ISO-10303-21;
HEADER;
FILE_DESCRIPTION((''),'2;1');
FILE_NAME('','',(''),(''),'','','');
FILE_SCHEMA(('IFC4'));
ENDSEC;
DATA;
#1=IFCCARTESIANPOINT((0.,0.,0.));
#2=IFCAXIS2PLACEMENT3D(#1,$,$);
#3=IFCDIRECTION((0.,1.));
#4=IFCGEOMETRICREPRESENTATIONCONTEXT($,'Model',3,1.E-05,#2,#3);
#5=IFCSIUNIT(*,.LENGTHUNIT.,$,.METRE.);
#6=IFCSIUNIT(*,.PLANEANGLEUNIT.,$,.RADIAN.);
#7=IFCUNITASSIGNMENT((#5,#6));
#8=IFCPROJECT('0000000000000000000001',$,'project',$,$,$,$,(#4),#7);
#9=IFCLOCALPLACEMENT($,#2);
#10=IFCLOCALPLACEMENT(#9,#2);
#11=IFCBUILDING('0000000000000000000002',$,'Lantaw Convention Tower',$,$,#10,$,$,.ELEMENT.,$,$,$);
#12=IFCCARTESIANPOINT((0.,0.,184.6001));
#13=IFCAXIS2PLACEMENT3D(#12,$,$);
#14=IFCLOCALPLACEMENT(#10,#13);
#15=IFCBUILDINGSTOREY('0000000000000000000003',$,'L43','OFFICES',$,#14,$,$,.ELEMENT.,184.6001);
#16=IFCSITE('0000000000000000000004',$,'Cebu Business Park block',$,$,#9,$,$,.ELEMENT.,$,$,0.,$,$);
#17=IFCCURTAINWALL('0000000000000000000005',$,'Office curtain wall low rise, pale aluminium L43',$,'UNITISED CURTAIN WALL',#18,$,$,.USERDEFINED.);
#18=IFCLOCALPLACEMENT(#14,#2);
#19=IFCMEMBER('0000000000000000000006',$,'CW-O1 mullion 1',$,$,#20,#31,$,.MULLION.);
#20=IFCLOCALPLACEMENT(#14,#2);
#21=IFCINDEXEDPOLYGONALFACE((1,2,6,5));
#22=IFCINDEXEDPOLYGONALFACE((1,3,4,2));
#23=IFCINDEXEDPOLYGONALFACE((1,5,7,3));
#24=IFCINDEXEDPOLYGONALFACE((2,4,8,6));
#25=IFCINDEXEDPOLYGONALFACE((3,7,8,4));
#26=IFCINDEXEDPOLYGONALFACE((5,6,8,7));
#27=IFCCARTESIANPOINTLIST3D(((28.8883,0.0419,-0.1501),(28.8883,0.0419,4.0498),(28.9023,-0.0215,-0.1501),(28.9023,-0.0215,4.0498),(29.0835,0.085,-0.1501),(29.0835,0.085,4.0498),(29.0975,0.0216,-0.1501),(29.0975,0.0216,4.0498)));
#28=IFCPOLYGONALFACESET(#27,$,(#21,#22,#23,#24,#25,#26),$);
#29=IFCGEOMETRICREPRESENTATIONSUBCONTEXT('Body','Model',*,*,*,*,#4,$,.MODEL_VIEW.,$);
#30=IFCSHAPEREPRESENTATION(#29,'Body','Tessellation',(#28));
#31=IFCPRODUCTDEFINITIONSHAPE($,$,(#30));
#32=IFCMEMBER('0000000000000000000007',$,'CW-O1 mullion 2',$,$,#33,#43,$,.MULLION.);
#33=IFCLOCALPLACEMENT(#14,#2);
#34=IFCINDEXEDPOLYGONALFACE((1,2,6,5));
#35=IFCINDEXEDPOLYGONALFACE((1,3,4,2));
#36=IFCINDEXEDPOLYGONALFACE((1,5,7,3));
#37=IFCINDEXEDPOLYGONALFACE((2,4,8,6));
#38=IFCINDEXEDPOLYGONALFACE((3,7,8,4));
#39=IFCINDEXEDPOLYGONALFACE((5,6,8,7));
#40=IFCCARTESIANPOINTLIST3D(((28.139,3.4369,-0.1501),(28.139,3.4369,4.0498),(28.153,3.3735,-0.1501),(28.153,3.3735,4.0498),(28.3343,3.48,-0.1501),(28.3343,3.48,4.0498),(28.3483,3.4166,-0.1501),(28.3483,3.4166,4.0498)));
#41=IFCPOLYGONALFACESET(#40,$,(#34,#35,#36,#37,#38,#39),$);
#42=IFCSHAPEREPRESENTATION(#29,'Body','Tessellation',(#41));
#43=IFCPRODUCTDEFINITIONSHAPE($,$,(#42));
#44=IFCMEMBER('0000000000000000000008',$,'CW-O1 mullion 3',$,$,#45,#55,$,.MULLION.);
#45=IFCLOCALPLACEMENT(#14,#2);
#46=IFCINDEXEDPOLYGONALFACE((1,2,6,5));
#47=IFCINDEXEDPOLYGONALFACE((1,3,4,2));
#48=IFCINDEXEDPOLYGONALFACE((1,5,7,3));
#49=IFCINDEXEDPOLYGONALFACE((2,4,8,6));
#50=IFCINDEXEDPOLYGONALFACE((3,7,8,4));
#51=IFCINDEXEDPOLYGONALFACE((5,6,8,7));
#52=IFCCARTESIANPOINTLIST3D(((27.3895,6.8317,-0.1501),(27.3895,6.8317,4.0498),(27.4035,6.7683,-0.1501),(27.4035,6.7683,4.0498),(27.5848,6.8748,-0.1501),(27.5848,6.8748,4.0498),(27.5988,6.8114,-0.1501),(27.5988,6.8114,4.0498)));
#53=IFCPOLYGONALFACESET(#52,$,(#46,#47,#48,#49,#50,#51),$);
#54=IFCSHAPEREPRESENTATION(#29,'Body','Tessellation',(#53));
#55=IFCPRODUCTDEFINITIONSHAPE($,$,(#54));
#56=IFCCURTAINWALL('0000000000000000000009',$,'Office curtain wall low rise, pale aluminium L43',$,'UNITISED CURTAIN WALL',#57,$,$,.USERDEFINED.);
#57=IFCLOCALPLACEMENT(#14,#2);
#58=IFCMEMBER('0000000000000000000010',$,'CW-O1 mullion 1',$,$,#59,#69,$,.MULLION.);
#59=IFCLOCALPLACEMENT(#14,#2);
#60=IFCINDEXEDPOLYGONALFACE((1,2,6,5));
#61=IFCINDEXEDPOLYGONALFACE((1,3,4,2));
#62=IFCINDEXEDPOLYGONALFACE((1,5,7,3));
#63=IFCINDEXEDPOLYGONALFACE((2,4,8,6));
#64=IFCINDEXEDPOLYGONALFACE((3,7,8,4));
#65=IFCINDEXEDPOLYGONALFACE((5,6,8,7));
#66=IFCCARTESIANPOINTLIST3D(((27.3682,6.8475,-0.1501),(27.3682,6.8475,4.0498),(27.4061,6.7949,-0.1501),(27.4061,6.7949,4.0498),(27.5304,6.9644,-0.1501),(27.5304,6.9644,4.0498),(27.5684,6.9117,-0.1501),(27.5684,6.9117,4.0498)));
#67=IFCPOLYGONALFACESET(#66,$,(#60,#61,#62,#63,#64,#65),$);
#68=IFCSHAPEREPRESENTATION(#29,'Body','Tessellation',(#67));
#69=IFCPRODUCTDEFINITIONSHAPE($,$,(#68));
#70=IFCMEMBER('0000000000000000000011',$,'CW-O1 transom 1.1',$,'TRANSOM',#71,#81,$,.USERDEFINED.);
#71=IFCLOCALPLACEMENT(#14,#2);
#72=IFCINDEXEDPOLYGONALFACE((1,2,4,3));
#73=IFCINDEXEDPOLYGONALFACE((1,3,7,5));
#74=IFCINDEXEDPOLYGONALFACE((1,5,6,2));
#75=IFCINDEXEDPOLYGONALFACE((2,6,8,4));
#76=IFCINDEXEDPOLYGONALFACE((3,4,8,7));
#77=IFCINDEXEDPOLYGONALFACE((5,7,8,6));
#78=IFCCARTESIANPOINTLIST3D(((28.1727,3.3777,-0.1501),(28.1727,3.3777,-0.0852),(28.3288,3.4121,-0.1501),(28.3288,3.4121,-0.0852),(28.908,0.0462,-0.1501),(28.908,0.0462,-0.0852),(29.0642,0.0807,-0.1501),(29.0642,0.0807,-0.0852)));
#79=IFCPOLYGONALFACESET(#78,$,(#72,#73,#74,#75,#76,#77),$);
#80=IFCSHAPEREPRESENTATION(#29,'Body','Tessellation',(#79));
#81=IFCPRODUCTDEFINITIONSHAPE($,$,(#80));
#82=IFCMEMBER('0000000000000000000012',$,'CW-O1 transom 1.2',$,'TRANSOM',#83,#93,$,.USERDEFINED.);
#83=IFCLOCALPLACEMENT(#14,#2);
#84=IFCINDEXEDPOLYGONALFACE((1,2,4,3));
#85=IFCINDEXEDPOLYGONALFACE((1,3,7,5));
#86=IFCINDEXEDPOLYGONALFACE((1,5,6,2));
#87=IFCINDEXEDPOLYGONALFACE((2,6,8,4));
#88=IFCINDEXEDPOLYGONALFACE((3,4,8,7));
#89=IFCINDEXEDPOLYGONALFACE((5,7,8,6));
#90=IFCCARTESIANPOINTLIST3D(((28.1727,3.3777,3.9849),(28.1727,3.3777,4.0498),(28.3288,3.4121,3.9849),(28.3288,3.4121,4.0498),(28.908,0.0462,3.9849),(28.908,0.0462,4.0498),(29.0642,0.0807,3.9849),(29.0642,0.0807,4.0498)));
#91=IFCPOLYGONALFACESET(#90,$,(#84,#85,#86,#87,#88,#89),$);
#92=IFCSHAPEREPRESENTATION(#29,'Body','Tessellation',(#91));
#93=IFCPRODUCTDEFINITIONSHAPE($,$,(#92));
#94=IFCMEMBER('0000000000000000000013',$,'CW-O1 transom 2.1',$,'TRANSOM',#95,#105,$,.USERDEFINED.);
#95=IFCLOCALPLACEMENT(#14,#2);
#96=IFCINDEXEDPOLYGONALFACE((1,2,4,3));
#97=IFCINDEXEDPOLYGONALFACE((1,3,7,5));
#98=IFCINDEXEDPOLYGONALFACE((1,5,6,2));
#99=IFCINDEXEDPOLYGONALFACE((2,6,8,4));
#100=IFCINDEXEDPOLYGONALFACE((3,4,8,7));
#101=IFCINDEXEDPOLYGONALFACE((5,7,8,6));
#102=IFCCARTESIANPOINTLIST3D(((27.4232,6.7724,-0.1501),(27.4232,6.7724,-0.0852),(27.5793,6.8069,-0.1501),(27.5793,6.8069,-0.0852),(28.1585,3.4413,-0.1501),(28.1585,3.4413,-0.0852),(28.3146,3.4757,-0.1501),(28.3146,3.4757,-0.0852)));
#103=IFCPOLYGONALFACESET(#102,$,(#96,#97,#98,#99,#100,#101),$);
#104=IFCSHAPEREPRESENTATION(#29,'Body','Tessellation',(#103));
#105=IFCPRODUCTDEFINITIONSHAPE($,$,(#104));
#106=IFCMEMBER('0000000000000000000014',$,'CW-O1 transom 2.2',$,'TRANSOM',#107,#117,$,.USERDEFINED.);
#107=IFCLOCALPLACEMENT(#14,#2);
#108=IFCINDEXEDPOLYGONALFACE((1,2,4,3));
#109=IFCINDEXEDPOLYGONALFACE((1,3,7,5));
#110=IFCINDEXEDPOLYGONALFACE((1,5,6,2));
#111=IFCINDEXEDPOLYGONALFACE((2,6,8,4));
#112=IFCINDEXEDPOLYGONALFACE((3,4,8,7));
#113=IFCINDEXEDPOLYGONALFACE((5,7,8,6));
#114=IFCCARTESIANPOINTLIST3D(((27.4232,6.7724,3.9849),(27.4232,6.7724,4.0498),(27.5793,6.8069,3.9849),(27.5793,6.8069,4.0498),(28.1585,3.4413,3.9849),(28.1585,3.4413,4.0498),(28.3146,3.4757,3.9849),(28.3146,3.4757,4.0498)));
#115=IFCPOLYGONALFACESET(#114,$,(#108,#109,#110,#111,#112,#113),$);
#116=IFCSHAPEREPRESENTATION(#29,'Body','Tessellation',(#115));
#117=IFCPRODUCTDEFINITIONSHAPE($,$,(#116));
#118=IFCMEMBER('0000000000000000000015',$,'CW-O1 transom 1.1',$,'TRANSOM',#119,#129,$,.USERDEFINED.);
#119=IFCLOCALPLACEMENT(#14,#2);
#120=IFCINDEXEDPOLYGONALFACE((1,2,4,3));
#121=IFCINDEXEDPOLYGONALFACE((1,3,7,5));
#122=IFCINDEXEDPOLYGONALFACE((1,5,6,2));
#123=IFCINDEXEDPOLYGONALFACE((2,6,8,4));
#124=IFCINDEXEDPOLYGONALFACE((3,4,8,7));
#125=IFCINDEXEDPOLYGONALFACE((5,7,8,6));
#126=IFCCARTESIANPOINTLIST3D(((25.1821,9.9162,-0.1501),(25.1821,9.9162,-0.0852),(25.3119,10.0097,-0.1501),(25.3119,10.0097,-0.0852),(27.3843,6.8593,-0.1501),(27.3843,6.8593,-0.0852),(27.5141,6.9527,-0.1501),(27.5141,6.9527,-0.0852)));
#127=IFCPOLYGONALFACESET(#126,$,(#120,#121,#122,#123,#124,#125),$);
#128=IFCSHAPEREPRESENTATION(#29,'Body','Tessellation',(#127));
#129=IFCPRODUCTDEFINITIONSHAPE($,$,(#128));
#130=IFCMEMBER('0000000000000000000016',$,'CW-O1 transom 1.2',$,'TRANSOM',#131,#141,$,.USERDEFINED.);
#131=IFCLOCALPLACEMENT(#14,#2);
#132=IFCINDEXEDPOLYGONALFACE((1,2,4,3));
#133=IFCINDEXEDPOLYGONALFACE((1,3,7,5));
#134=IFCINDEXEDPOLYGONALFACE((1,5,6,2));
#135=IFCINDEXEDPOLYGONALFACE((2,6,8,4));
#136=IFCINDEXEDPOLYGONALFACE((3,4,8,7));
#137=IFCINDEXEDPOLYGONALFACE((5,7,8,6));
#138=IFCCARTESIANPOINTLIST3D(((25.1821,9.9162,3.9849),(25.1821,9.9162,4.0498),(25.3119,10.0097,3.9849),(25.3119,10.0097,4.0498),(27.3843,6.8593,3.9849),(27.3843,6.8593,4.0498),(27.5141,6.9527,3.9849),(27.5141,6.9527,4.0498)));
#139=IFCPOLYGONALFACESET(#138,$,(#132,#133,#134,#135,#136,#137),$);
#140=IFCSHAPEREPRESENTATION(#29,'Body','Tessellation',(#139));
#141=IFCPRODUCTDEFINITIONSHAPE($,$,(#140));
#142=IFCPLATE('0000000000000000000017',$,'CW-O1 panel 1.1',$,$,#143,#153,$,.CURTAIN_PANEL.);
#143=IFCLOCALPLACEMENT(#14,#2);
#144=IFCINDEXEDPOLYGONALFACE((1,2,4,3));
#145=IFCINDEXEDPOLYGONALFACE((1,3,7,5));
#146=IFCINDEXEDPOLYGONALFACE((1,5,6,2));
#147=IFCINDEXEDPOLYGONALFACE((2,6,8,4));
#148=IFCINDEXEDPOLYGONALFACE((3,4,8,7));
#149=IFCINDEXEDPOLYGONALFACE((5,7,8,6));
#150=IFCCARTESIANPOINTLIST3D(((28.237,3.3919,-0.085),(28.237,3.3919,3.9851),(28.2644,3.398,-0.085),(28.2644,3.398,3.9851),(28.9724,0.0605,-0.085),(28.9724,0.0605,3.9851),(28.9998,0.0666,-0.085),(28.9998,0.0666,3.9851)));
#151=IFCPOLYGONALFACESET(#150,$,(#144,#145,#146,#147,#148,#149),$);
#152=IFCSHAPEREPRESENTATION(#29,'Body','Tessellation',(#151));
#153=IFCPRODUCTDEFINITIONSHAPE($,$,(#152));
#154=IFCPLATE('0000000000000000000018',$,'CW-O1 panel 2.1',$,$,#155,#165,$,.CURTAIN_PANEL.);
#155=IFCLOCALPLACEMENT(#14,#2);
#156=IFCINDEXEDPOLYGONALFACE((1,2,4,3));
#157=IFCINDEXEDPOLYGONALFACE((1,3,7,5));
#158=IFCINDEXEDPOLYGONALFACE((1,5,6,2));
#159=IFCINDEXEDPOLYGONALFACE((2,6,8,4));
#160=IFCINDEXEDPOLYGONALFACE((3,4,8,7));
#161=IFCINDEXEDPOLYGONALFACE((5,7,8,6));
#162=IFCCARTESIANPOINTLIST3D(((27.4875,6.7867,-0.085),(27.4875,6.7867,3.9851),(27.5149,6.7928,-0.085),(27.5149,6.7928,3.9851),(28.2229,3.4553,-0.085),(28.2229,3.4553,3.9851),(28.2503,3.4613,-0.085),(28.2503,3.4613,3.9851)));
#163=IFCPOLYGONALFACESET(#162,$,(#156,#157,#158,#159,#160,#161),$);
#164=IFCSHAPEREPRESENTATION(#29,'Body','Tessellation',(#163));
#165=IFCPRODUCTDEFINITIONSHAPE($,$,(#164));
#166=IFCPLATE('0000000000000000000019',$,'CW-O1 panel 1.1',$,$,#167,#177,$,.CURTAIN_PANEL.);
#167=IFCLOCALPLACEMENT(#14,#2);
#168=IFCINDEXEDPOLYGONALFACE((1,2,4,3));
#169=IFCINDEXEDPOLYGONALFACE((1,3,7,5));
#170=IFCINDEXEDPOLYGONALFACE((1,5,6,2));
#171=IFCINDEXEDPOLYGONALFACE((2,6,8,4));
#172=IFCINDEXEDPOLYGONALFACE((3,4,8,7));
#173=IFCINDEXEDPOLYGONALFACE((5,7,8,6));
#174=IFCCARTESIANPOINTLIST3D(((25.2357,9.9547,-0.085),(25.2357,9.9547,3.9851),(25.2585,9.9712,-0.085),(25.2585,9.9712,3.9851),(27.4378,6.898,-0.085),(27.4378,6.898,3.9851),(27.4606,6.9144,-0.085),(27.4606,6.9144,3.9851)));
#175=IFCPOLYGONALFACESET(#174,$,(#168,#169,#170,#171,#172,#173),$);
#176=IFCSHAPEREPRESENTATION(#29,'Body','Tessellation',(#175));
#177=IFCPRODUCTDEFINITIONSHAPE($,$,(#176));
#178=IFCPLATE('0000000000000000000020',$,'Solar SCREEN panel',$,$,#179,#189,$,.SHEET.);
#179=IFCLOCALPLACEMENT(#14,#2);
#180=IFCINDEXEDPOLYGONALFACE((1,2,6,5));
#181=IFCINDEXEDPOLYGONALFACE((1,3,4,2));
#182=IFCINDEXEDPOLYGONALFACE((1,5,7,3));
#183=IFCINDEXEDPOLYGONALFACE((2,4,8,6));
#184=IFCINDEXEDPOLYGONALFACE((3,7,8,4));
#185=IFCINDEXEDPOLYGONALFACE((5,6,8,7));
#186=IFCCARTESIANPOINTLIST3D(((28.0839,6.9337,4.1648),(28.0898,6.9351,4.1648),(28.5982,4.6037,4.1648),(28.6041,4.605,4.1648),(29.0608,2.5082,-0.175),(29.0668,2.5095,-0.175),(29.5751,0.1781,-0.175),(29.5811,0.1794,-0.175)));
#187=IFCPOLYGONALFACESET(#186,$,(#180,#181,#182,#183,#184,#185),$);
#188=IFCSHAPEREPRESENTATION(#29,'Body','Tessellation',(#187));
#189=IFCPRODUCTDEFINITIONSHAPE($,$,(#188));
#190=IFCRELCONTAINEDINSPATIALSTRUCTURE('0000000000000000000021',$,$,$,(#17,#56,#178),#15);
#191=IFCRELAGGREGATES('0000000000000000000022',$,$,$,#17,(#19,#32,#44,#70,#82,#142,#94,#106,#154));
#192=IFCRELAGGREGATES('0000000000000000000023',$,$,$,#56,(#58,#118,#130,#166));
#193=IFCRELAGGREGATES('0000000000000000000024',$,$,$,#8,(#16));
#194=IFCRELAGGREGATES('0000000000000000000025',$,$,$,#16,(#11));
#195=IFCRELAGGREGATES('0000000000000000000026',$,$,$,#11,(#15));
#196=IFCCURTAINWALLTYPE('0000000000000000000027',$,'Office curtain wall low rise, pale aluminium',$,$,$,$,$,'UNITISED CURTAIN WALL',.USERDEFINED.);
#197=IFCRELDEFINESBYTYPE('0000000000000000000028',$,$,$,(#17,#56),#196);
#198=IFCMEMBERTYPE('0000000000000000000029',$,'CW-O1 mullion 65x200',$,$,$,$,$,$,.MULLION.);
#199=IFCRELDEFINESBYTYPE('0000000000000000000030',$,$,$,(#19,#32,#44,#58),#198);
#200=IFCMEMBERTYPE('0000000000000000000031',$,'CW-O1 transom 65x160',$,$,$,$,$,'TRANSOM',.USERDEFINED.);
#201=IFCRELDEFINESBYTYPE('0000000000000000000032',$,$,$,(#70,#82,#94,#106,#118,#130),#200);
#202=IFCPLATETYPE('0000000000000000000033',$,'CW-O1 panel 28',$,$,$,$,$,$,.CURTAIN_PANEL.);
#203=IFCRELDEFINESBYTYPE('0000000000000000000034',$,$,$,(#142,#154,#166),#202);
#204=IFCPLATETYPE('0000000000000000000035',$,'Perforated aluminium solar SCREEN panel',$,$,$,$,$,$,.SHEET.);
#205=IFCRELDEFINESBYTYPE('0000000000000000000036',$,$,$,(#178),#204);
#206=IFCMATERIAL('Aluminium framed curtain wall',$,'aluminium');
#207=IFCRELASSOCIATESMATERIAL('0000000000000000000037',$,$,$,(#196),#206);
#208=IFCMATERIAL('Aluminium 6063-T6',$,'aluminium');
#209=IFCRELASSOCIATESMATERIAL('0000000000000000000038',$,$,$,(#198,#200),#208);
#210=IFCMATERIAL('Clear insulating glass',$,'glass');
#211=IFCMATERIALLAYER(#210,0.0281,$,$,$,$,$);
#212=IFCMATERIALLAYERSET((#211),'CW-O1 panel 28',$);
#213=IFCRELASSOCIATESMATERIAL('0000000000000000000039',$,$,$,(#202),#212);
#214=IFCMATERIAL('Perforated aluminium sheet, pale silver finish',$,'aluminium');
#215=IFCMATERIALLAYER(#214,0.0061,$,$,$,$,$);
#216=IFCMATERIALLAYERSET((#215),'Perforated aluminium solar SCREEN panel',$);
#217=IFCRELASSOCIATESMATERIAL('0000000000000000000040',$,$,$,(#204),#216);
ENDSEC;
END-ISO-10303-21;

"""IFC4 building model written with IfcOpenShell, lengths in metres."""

from ifc_helpers import new_model, si_unit, direction, frame, origin, origin_2d, place, context, subcontext, project, spatial, polyline, rectangle, outline, extrude, material, layer, layer_set, material_profile, profile_set, type_object, element, aggregate, save


model = new_model("IFC4")

# Units and contexts
model_context = context("Model", 3, precision=1e-05, world=origin(), true_north=direction((0.0, 1.0)))
body_context = subcontext(model_context, "Body", "Model", "MODEL_VIEW")
ifc_project = project(units=[si_unit("LENGTHUNIT", "METRE"), si_unit("PLANEANGLEUNIT", "RADIAN")], contexts=[model_context])

# Site, building, storey
site_placement = place(None, origin())
site = spatial("IfcSite", under=ifc_project, at=site_placement, Name="Cebu Business Park block", CompositionType="ELEMENT", RefElevation=0.0)
building_placement = place(site_placement, origin())
building = spatial("IfcBuilding", under=site, at=building_placement, Name="Lantaw Convention Tower", CompositionType="ELEMENT")
storey_placement = place(building_placement, frame((0.0, 0.0, 184.6001)))
storey = spatial("IfcBuildingStorey", under=building, at=storey_placement, Name="L43", Description="OFFICES", CompositionType="ELEMENT", Elevation=184.6001)

# Curtain wall, members
ifc_material_1 = material(Name="Aluminium framed curtain wall", Category="aluminium")
curtain_wall_type = type_object("IfcCurtainWallType", Name="Office curtain wall low rise, pale aluminium", ElementType="UNITISED CURTAIN WALL", PredefinedType="USERDEFINED", material=ifc_material_1)
curtain_wall_1_placement = place(storey_placement, origin())
curtain_wall_1 = element("IfcCurtainWall", 1, at=curtain_wall_1_placement, inside=storey, type_object=curtain_wall_type, Name="Office curtain wall low rise, pale aluminium L43", ObjectType="UNITISED CURTAIN WALL", PredefinedType="USERDEFINED")
ifc_material_2 = material(Name="Aluminium 6063-T6", Category="aluminium")
ifc_material_profile_1 = material_profile(ifc_material_2, rectangle(XDim=0.2, YDim=0.0649, at=origin_2d()), Name="CW-O1 mullion 65x200")
ifc_profile_set_1 = profile_set([ifc_material_profile_1], Name="Aluminium 6063-T6")
member_type_1 = type_object("IfcMemberType", Name="CW-O1 mullion 65x200", PredefinedType="MULLION", material=ifc_profile_set_1)
member_1_placement = place(storey_placement, frame((28.9929, 0.0317, -0.1501), z_axis=(0.0, 0.0, 1.0), x_axis=(-0.976494, -0.215546, 0.0)))
member_1 = element("IfcMember", 2, at=member_1_placement, type_object=member_type_1, Name="CW-O1 mullion 1", PredefinedType="MULLION", context=body_context, shape_type="SweptSolid", body=[
    extrude(rectangle(XDim=0.2, YDim=0.0649, at=origin_2d()), origin(), (0.0, 0.0, 1.0), 4.2),
])
member_2_placement = place(storey_placement, frame((28.2437, 3.4268, -0.1501), z_axis=(0.0, 0.0, 1.0), x_axis=(-0.976494, -0.215546, 0.0)))
member_2 = element("IfcMember", 3, at=member_2_placement, type_object=member_type_1, Name="CW-O1 mullion 2", PredefinedType="MULLION", context=body_context, shape_type="SweptSolid", body=[
    extrude(rectangle(XDim=0.2, YDim=0.0649, at=origin_2d()), origin(), (0.0, 0.0, 1.0), 4.2),
])
member_3_placement = place(storey_placement, frame((27.4941, 6.8215, -0.1501), z_axis=(0.0, 0.0, 1.0), x_axis=(-0.976494, -0.215546, 0.0)))
member_3 = element("IfcMember", 4, at=member_3_placement, type_object=member_type_1, Name="CW-O1 mullion 3", PredefinedType="MULLION", context=body_context, shape_type="SweptSolid", body=[
    extrude(rectangle(XDim=0.2, YDim=0.0649, at=origin_2d()), origin(), (0.0, 0.0, 1.0), 4.2),
])

# Curtain wall, member
curtain_wall_2_placement = place(storey_placement, origin())
curtain_wall_2 = element("IfcCurtainWall", 5, at=curtain_wall_2_placement, inside=storey, type_object=curtain_wall_type, Name="Office curtain wall low rise, pale aluminium L43", ObjectType="UNITISED CURTAIN WALL", PredefinedType="USERDEFINED")
member_4_placement = place(storey_placement, frame((27.4683, 6.8796, -0.1501), z_axis=(0.0, 0.0, 1.0), x_axis=(-0.811385, -0.584513, 0.0)))
member_4 = element("IfcMember", 6, at=member_4_placement, type_object=member_type_1, Name="CW-O1 mullion 1", PredefinedType="MULLION", context=body_context, shape_type="SweptSolid", body=[
    extrude(rectangle(XDim=0.2, YDim=0.0649, at=origin_2d()), origin(), (0.0, 0.0, 1.0), 4.2),
])

# Members
ifc_material_profile_2 = material_profile(ifc_material_2, rectangle(XDim=0.1599, YDim=0.0649, at=origin_2d()), Name="CW-O1 transom 65x160")
ifc_profile_set_2 = profile_set([ifc_material_profile_2], Name="Aluminium 6063-T6")
member_type_2 = type_object("IfcMemberType", Name="CW-O1 transom 65x160", ElementType="TRANSOM", PredefinedType="USERDEFINED", material=ifc_profile_set_2)
member_5_placement = place(storey_placement, frame((28.9861, 0.0635, -0.1177), z_axis=(-0.215536, 0.976496, 0.0), x_axis=(-0.976496, -0.215536, 0.0)))
member_5 = element("IfcMember", 7, at=member_5_placement, type_object=member_type_2, Name="CW-O1 transom 1.1", ObjectType="TRANSOM", PredefinedType="USERDEFINED", context=body_context, shape_type="SweptSolid", body=[
    extrude(rectangle(XDim=0.1599, YDim=0.0649, at=origin_2d()), origin(), (0.0, 0.0, 1.0), 3.4116),
])
member_6_placement = place(storey_placement, frame((28.9861, 0.0635, 4.0173), z_axis=(-0.215536, 0.976496, 0.0), x_axis=(-0.976496, -0.215536, 0.0)))
member_6 = element("IfcMember", 8, at=member_6_placement, type_object=member_type_2, Name="CW-O1 transom 1.2", ObjectType="TRANSOM", PredefinedType="USERDEFINED", context=body_context, shape_type="SweptSolid", body=[
    extrude(rectangle(XDim=0.1599, YDim=0.0649, at=origin_2d()), origin(), (0.0, 0.0, 1.0), 3.4116),
])
member_7_placement = place(storey_placement, frame((28.2366, 3.4585, -0.1177), z_axis=(-0.215551, 0.976493, 0.0), x_axis=(-0.976493, -0.215551, 0.0)))
member_7 = element("IfcMember", 9, at=member_7_placement, type_object=member_type_2, Name="CW-O1 transom 2.1", ObjectType="TRANSOM", PredefinedType="USERDEFINED", context=body_context, shape_type="SweptSolid", body=[
    extrude(rectangle(XDim=0.1599, YDim=0.0649, at=origin_2d()), origin(), (0.0, 0.0, 1.0), 3.4114),
])
member_8_placement = place(storey_placement, frame((28.2366, 3.4585, 4.0173), z_axis=(-0.215551, 0.976493, 0.0), x_axis=(-0.976493, -0.215551, 0.0)))
member_8 = element("IfcMember", 10, at=member_8_placement, type_object=member_type_2, Name="CW-O1 transom 2.2", ObjectType="TRANSOM", PredefinedType="USERDEFINED", context=body_context, shape_type="SweptSolid", body=[
    extrude(rectangle(XDim=0.1599, YDim=0.0649, at=origin_2d()), origin(), (0.0, 0.0, 1.0), 3.4114),
])
member_9_placement = place(storey_placement, frame((27.4492, 6.906, -0.1177), z_axis=(-0.584513, 0.811384, 0.0), x_axis=(-0.811384, -0.584513, 0.0)))
member_9 = element("IfcMember", 11, at=member_9_placement, type_object=member_type_2, Name="CW-O1 transom 1.1", ObjectType="TRANSOM", PredefinedType="USERDEFINED", context=body_context, shape_type="SweptSolid", body=[
    extrude(rectangle(XDim=0.1599, YDim=0.0649, at=origin_2d()), origin(), (0.0, 0.0, 1.0), 3.7676),
])
member_10_placement = place(storey_placement, frame((27.4492, 6.906, 4.0173), z_axis=(-0.584513, 0.811384, 0.0), x_axis=(-0.811384, -0.584513, 0.0)))
member_10 = element("IfcMember", 12, at=member_10_placement, type_object=member_type_2, Name="CW-O1 transom 1.2", ObjectType="TRANSOM", PredefinedType="USERDEFINED", context=body_context, shape_type="SweptSolid", body=[
    extrude(rectangle(XDim=0.1599, YDim=0.0649, at=origin_2d()), origin(), (0.0, 0.0, 1.0), 3.7676),
])

# Plates
ifc_material_3 = material(Name="Clear insulating glass", Category="glass")
ifc_layer_1 = layer(ifc_material_3, 0.0281)
ifc_layer_set_1 = layer_set([ifc_layer_1], Name="CW-O1 panel 28")
plate_type_1 = type_object("IfcPlateType", Name="CW-O1 panel 28", PredefinedType="CURTAIN_PANEL", material=ifc_layer_set_1)
plate_1_placement = place(storey_placement, frame((28.6184, 1.7292, -0.085), z_axis=(0.0, 0.0, 1.0), x_axis=(-0.215546, 0.976494, 0.0)))
plate_1 = element("IfcPlate", 13, at=plate_1_placement, type_object=plate_type_1, Name="CW-O1 panel 1.1", PredefinedType="CURTAIN_PANEL", context=body_context, shape_type="SweptSolid", body=[
    extrude(rectangle(XDim=3.4116, YDim=0.0281, at=origin_2d()), origin(), (0.0, 0.0, 1.0), 4.0701),
])
plate_2_placement = place(storey_placement, frame((27.8689, 5.124, -0.085), z_axis=(0.0, 0.0, 1.0), x_axis=(-0.215546, 0.976494, 0.0)))
plate_2 = element("IfcPlate", 14, at=plate_2_placement, type_object=plate_type_1, Name="CW-O1 panel 2.1", PredefinedType="CURTAIN_PANEL", context=body_context, shape_type="SweptSolid", body=[
    extrude(rectangle(XDim=3.4116, YDim=0.0281, at=origin_2d()), origin(), (0.0, 0.0, 1.0), 4.0701),
])
aggregate(curtain_wall_1, [member_1, member_2, member_3, member_5, member_6, plate_1, member_7, member_8, plate_2])
plate_3_placement = place(storey_placement, frame((26.3481, 8.4346, -0.085), z_axis=(0.0, 0.0, 1.0), x_axis=(-0.584513, 0.811385, 0.0)))
plate_3 = element("IfcPlate", 15, at=plate_3_placement, type_object=plate_type_1, Name="CW-O1 panel 1.1", PredefinedType="CURTAIN_PANEL", context=body_context, shape_type="SweptSolid", body=[
    extrude(rectangle(XDim=3.7673, YDim=0.0281, at=origin_2d()), origin(), (0.0, 0.0, 1.0), 4.0701),
])
aggregate(curtain_wall_2, [member_4, member_9, member_10, plate_3])

# Plate
ifc_material_4 = material(Name="Perforated aluminium sheet, pale silver finish", Category="aluminium")
ifc_layer_2 = layer(ifc_material_4, 0.0061)
ifc_layer_set_2 = layer_set([ifc_layer_2], Name="Perforated aluminium solar SCREEN panel")
plate_type_2 = type_object("IfcPlateType", Name="Perforated aluminium solar SCREEN panel", PredefinedType="SHEET", material=ifc_layer_set_2)
plate_4_placement = place(storey_placement, frame((29.5811, 0.1794, -0.175), z_axis=(0.976498, 0.215527, 0.000033), x_axis=(-0.215527, 0.976498, 0.0)))
element("IfcPlate", 16, at=plate_4_placement, inside=storey, type_object=plate_type_2, Name="Solar SCREEN panel", PredefinedType="SHEET", context=body_context, shape_type="SweptSolid", body=[
    extrude(outline(polyline([(0.0, 0.0), (2.3862, 0.0), (6.9182, 4.3398), (4.5321, 4.3398), (0.0, 0.0)])), origin(), (0.0, 0.0, -1.0), 0.0061),
])

save(model, "model.ifc")
